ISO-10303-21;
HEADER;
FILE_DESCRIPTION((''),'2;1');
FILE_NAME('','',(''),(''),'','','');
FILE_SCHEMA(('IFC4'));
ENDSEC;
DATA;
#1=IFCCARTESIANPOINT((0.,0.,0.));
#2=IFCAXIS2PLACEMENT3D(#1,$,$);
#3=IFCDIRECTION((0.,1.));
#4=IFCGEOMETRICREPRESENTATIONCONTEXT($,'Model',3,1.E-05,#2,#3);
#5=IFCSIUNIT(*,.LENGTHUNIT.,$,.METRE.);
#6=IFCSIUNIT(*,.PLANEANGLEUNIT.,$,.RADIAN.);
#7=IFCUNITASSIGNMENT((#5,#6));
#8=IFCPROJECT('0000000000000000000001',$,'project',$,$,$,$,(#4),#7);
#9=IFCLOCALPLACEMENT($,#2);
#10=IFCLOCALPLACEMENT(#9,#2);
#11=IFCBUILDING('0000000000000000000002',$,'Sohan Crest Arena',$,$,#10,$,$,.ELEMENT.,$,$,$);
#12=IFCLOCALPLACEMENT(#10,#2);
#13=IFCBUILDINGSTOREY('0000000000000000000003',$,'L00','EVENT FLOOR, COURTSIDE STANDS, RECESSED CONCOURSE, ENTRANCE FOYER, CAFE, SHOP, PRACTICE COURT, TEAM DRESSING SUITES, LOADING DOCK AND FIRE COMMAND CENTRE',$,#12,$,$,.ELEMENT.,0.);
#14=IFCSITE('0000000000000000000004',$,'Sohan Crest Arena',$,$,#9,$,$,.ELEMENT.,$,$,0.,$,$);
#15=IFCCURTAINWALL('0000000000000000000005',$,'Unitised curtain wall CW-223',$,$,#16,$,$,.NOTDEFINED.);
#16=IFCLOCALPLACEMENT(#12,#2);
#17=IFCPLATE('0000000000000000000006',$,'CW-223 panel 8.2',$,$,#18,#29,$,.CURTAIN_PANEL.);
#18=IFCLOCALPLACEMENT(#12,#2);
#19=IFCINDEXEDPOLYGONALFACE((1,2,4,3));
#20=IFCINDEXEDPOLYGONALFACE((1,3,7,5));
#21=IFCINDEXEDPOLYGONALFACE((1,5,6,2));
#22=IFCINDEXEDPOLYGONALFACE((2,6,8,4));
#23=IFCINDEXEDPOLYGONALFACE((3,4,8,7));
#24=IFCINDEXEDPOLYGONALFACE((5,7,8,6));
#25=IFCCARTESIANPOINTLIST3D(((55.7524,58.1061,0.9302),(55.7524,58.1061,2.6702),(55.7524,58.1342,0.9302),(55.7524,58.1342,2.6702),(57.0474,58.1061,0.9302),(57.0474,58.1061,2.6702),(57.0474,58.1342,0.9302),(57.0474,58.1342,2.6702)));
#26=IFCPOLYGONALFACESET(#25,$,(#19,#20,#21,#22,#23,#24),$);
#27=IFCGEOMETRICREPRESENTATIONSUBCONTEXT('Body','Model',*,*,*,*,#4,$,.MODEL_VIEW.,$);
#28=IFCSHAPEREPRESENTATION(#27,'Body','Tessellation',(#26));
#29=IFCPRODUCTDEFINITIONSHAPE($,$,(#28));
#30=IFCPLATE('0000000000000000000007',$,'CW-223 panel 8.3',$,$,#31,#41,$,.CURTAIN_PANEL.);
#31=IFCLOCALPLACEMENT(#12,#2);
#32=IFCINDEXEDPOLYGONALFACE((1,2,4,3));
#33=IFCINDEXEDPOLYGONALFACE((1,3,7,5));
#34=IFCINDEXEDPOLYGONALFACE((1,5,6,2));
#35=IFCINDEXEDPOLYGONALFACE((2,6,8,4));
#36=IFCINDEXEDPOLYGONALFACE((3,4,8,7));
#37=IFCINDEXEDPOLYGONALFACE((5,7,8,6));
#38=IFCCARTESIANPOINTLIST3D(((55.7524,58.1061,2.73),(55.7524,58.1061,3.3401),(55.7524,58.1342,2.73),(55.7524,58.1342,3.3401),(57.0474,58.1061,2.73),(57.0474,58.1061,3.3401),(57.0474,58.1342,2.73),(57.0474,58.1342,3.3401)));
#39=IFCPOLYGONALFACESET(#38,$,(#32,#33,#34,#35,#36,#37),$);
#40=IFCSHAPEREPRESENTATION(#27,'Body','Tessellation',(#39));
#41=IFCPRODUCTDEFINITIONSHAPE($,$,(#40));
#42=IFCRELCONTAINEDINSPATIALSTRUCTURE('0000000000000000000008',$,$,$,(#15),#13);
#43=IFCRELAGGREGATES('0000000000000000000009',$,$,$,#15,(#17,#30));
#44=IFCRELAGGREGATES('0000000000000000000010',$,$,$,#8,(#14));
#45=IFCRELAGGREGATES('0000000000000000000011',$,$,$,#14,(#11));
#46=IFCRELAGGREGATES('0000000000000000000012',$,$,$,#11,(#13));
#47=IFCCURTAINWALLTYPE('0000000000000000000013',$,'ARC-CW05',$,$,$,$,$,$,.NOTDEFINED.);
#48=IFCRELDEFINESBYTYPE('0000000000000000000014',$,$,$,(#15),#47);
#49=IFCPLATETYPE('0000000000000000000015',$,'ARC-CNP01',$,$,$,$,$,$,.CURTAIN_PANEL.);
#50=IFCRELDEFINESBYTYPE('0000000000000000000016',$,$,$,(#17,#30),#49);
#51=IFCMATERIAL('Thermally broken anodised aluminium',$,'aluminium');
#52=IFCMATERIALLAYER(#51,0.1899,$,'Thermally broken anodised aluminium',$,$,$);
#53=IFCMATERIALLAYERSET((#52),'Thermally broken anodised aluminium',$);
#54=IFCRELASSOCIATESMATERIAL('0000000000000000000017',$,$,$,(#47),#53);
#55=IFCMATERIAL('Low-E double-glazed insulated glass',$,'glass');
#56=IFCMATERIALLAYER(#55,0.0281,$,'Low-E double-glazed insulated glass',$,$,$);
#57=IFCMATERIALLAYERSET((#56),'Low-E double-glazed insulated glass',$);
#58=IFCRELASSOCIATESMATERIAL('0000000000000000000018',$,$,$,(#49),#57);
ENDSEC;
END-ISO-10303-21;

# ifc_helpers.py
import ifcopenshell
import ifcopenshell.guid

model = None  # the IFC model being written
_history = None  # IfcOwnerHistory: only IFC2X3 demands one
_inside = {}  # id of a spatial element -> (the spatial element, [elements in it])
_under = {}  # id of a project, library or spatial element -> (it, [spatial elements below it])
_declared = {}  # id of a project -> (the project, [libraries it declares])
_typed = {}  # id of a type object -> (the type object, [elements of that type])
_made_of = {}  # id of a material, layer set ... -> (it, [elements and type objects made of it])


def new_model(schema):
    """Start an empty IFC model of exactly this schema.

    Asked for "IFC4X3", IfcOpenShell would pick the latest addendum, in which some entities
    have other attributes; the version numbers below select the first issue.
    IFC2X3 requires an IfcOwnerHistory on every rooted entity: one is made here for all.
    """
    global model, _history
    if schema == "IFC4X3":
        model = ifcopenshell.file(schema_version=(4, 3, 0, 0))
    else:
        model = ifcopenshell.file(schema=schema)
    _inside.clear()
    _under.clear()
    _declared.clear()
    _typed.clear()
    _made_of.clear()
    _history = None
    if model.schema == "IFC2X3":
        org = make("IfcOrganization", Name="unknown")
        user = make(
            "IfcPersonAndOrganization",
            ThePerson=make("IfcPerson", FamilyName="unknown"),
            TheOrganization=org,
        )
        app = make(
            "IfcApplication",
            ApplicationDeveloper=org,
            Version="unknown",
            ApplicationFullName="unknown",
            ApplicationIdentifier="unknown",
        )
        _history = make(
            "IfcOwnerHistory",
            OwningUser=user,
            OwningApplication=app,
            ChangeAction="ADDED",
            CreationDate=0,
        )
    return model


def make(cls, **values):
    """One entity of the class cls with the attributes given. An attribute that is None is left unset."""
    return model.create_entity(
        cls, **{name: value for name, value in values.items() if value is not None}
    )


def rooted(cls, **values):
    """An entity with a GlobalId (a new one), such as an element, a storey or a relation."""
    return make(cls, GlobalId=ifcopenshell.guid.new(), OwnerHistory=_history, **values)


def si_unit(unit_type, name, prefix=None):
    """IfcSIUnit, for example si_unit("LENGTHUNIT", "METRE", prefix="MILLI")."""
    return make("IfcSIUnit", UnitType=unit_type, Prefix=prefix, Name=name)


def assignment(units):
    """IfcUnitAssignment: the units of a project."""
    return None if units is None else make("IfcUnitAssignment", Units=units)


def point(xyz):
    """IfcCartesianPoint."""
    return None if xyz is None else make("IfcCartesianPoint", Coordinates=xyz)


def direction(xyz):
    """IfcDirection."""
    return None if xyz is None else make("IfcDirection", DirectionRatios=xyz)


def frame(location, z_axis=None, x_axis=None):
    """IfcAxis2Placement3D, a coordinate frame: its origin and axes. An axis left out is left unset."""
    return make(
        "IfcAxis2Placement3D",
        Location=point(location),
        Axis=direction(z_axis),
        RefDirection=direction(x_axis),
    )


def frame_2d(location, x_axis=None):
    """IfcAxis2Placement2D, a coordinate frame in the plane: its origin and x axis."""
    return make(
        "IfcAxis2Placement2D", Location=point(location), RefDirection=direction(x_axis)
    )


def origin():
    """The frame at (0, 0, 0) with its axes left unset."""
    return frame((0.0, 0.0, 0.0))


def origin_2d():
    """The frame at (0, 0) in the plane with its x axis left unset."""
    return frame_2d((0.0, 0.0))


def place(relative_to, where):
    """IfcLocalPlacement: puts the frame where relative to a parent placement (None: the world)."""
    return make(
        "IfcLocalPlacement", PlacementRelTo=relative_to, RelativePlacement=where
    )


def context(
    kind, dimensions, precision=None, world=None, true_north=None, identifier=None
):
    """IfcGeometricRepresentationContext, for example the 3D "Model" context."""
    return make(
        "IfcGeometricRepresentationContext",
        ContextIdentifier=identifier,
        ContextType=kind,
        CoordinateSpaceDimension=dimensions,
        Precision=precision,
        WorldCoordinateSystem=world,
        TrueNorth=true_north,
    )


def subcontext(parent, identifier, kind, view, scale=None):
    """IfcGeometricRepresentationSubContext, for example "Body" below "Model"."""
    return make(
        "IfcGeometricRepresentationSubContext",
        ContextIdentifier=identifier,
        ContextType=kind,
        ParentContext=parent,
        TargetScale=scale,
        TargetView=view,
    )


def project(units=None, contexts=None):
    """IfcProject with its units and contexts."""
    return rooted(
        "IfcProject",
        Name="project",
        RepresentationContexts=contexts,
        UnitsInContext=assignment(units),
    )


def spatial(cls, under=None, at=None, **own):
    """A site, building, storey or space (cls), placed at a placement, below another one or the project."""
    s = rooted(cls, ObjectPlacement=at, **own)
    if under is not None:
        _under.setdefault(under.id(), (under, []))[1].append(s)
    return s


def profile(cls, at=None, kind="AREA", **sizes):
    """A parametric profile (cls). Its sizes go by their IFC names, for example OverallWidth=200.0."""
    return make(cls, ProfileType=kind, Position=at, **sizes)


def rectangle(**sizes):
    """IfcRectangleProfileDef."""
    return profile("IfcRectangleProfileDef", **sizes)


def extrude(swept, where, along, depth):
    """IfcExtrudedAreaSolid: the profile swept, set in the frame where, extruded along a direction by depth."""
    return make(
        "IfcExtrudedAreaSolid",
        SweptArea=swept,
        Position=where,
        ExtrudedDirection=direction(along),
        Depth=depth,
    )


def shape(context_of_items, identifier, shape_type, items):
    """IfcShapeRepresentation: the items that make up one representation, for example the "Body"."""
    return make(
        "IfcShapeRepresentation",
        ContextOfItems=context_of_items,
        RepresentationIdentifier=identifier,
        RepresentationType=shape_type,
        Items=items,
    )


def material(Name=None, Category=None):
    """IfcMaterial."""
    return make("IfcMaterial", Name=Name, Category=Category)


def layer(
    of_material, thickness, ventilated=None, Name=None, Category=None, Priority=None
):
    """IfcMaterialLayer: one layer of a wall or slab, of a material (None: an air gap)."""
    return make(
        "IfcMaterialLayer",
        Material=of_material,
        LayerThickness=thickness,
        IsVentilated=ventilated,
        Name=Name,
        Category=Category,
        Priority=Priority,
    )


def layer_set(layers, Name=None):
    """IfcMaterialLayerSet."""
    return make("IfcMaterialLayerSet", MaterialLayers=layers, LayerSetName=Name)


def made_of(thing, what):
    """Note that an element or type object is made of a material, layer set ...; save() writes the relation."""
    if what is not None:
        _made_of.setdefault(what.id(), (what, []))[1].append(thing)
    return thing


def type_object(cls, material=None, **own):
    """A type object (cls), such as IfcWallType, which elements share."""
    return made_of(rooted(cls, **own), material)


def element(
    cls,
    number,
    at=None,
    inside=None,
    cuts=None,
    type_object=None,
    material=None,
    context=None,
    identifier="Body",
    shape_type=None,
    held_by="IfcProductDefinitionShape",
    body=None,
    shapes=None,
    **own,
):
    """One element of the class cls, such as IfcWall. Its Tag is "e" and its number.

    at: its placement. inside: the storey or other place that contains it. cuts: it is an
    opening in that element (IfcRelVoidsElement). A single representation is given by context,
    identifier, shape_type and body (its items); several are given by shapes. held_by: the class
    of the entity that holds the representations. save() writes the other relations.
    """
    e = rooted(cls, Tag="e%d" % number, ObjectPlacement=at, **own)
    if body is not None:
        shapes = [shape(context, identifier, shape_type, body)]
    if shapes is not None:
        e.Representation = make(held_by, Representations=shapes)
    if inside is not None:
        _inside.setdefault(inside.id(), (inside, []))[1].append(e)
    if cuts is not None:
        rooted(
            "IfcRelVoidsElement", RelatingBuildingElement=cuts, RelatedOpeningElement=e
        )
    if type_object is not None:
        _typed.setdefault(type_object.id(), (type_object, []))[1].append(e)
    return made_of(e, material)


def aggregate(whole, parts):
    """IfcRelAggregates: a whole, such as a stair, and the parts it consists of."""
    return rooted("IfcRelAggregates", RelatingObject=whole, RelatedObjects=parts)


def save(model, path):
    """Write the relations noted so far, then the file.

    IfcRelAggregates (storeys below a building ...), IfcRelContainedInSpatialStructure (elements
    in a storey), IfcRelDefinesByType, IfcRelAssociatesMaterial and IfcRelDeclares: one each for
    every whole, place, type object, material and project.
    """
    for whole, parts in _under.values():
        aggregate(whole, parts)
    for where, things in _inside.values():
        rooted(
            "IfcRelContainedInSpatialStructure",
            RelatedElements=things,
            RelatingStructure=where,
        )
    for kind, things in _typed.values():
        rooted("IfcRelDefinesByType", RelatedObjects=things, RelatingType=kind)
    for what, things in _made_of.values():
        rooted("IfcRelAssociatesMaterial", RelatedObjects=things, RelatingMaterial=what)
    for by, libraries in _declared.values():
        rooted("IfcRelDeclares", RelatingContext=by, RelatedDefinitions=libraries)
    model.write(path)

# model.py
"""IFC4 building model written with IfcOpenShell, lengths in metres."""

from ifc_helpers import new_model, si_unit, direction, frame, origin, origin_2d, place, context, subcontext, project, spatial, rectangle, extrude, material, layer, layer_set, type_object, element, aggregate, save


model = new_model("IFC4")

# Units and contexts
model_context = context("Model", 3, precision=1e-05, world=origin(), true_north=direction((0.0, 1.0)))
body_context = subcontext(model_context, "Body", "Model", "MODEL_VIEW")
ifc_project = project(units=[si_unit("LENGTHUNIT", "METRE"), si_unit("PLANEANGLEUNIT", "RADIAN")], contexts=[model_context])

# Site, building, storey
site_placement = place(None, origin())
site = spatial("IfcSite", under=ifc_project, at=site_placement, Name="Sohan Crest Arena", CompositionType="ELEMENT", RefElevation=0.0)
building_placement = place(site_placement, origin())
building = spatial("IfcBuilding", under=site, at=building_placement, Name="Sohan Crest Arena", CompositionType="ELEMENT")
storey_placement = place(building_placement, origin())
storey = spatial("IfcBuildingStorey", under=building, at=storey_placement, Name="L00", Description="EVENT FLOOR, COURTSIDE STANDS, RECESSED CONCOURSE, ENTRANCE FOYER, CAFE, SHOP, PRACTICE COURT, TEAM DRESSING SUITES, LOADING DOCK AND FIRE COMMAND CENTRE", CompositionType="ELEMENT", Elevation=0.0)

# Curtain wall
ifc_material_1 = material(Name="Thermally broken anodised aluminium", Category="aluminium")
ifc_layer_1 = layer(ifc_material_1, 0.1899, Name="Thermally broken anodised aluminium")
ifc_layer_set_1 = layer_set([ifc_layer_1], Name="Thermally broken anodised aluminium")
curtain_wall_type = type_object("IfcCurtainWallType", Name="ARC-CW05", PredefinedType="NOTDEFINED", material=ifc_layer_set_1)
curtain_wall_placement = place(storey_placement, origin())
curtain_wall = element("IfcCurtainWall", 1, at=curtain_wall_placement, inside=storey, type_object=curtain_wall_type, Name="Unitised curtain wall CW-223", PredefinedType="NOTDEFINED")

# Plates
ifc_material_2 = material(Name="Low-E double-glazed insulated glass", Category="glass")
ifc_layer_2 = layer(ifc_material_2, 0.0281, Name="Low-E double-glazed insulated glass")
ifc_layer_set_2 = layer_set([ifc_layer_2], Name="Low-E double-glazed insulated glass")
plate_type = type_object("IfcPlateType", Name="ARC-CNP01", PredefinedType="CURTAIN_PANEL", material=ifc_layer_set_2)
plate_1_placement = place(storey_placement, frame((56.3999, 58.1201, 0.9302), z_axis=(0.0, 0.0, 1.0), x_axis=(1.0, 0.0, 0.0)))
plate_1 = element("IfcPlate", 2, at=plate_1_placement, type_object=plate_type, Name="CW-223 panel 8.2", PredefinedType="CURTAIN_PANEL", context=body_context, shape_type="SweptSolid", body=[
    extrude(rectangle(XDim=1.2949, YDim=0.0281, at=origin_2d()), origin(), (0.0, 0.0, 1.0), 1.74),
])
plate_2_placement = place(storey_placement, frame((56.3999, 58.1201, 2.73), z_axis=(0.0, 0.0, 1.0), x_axis=(1.0, 0.0, 0.0)))
plate_2 = element("IfcPlate", 3, at=plate_2_placement, type_object=plate_type, Name="CW-223 panel 8.3", PredefinedType="CURTAIN_PANEL", context=body_context, shape_type="SweptSolid", body=[
    extrude(rectangle(XDim=1.2949, YDim=0.0281, at=origin_2d()), origin(), (0.0, 0.0, 1.0), 0.6101),
])
aggregate(curtain_wall, [plate_1, plate_2])

save(model, "model.ifc")
